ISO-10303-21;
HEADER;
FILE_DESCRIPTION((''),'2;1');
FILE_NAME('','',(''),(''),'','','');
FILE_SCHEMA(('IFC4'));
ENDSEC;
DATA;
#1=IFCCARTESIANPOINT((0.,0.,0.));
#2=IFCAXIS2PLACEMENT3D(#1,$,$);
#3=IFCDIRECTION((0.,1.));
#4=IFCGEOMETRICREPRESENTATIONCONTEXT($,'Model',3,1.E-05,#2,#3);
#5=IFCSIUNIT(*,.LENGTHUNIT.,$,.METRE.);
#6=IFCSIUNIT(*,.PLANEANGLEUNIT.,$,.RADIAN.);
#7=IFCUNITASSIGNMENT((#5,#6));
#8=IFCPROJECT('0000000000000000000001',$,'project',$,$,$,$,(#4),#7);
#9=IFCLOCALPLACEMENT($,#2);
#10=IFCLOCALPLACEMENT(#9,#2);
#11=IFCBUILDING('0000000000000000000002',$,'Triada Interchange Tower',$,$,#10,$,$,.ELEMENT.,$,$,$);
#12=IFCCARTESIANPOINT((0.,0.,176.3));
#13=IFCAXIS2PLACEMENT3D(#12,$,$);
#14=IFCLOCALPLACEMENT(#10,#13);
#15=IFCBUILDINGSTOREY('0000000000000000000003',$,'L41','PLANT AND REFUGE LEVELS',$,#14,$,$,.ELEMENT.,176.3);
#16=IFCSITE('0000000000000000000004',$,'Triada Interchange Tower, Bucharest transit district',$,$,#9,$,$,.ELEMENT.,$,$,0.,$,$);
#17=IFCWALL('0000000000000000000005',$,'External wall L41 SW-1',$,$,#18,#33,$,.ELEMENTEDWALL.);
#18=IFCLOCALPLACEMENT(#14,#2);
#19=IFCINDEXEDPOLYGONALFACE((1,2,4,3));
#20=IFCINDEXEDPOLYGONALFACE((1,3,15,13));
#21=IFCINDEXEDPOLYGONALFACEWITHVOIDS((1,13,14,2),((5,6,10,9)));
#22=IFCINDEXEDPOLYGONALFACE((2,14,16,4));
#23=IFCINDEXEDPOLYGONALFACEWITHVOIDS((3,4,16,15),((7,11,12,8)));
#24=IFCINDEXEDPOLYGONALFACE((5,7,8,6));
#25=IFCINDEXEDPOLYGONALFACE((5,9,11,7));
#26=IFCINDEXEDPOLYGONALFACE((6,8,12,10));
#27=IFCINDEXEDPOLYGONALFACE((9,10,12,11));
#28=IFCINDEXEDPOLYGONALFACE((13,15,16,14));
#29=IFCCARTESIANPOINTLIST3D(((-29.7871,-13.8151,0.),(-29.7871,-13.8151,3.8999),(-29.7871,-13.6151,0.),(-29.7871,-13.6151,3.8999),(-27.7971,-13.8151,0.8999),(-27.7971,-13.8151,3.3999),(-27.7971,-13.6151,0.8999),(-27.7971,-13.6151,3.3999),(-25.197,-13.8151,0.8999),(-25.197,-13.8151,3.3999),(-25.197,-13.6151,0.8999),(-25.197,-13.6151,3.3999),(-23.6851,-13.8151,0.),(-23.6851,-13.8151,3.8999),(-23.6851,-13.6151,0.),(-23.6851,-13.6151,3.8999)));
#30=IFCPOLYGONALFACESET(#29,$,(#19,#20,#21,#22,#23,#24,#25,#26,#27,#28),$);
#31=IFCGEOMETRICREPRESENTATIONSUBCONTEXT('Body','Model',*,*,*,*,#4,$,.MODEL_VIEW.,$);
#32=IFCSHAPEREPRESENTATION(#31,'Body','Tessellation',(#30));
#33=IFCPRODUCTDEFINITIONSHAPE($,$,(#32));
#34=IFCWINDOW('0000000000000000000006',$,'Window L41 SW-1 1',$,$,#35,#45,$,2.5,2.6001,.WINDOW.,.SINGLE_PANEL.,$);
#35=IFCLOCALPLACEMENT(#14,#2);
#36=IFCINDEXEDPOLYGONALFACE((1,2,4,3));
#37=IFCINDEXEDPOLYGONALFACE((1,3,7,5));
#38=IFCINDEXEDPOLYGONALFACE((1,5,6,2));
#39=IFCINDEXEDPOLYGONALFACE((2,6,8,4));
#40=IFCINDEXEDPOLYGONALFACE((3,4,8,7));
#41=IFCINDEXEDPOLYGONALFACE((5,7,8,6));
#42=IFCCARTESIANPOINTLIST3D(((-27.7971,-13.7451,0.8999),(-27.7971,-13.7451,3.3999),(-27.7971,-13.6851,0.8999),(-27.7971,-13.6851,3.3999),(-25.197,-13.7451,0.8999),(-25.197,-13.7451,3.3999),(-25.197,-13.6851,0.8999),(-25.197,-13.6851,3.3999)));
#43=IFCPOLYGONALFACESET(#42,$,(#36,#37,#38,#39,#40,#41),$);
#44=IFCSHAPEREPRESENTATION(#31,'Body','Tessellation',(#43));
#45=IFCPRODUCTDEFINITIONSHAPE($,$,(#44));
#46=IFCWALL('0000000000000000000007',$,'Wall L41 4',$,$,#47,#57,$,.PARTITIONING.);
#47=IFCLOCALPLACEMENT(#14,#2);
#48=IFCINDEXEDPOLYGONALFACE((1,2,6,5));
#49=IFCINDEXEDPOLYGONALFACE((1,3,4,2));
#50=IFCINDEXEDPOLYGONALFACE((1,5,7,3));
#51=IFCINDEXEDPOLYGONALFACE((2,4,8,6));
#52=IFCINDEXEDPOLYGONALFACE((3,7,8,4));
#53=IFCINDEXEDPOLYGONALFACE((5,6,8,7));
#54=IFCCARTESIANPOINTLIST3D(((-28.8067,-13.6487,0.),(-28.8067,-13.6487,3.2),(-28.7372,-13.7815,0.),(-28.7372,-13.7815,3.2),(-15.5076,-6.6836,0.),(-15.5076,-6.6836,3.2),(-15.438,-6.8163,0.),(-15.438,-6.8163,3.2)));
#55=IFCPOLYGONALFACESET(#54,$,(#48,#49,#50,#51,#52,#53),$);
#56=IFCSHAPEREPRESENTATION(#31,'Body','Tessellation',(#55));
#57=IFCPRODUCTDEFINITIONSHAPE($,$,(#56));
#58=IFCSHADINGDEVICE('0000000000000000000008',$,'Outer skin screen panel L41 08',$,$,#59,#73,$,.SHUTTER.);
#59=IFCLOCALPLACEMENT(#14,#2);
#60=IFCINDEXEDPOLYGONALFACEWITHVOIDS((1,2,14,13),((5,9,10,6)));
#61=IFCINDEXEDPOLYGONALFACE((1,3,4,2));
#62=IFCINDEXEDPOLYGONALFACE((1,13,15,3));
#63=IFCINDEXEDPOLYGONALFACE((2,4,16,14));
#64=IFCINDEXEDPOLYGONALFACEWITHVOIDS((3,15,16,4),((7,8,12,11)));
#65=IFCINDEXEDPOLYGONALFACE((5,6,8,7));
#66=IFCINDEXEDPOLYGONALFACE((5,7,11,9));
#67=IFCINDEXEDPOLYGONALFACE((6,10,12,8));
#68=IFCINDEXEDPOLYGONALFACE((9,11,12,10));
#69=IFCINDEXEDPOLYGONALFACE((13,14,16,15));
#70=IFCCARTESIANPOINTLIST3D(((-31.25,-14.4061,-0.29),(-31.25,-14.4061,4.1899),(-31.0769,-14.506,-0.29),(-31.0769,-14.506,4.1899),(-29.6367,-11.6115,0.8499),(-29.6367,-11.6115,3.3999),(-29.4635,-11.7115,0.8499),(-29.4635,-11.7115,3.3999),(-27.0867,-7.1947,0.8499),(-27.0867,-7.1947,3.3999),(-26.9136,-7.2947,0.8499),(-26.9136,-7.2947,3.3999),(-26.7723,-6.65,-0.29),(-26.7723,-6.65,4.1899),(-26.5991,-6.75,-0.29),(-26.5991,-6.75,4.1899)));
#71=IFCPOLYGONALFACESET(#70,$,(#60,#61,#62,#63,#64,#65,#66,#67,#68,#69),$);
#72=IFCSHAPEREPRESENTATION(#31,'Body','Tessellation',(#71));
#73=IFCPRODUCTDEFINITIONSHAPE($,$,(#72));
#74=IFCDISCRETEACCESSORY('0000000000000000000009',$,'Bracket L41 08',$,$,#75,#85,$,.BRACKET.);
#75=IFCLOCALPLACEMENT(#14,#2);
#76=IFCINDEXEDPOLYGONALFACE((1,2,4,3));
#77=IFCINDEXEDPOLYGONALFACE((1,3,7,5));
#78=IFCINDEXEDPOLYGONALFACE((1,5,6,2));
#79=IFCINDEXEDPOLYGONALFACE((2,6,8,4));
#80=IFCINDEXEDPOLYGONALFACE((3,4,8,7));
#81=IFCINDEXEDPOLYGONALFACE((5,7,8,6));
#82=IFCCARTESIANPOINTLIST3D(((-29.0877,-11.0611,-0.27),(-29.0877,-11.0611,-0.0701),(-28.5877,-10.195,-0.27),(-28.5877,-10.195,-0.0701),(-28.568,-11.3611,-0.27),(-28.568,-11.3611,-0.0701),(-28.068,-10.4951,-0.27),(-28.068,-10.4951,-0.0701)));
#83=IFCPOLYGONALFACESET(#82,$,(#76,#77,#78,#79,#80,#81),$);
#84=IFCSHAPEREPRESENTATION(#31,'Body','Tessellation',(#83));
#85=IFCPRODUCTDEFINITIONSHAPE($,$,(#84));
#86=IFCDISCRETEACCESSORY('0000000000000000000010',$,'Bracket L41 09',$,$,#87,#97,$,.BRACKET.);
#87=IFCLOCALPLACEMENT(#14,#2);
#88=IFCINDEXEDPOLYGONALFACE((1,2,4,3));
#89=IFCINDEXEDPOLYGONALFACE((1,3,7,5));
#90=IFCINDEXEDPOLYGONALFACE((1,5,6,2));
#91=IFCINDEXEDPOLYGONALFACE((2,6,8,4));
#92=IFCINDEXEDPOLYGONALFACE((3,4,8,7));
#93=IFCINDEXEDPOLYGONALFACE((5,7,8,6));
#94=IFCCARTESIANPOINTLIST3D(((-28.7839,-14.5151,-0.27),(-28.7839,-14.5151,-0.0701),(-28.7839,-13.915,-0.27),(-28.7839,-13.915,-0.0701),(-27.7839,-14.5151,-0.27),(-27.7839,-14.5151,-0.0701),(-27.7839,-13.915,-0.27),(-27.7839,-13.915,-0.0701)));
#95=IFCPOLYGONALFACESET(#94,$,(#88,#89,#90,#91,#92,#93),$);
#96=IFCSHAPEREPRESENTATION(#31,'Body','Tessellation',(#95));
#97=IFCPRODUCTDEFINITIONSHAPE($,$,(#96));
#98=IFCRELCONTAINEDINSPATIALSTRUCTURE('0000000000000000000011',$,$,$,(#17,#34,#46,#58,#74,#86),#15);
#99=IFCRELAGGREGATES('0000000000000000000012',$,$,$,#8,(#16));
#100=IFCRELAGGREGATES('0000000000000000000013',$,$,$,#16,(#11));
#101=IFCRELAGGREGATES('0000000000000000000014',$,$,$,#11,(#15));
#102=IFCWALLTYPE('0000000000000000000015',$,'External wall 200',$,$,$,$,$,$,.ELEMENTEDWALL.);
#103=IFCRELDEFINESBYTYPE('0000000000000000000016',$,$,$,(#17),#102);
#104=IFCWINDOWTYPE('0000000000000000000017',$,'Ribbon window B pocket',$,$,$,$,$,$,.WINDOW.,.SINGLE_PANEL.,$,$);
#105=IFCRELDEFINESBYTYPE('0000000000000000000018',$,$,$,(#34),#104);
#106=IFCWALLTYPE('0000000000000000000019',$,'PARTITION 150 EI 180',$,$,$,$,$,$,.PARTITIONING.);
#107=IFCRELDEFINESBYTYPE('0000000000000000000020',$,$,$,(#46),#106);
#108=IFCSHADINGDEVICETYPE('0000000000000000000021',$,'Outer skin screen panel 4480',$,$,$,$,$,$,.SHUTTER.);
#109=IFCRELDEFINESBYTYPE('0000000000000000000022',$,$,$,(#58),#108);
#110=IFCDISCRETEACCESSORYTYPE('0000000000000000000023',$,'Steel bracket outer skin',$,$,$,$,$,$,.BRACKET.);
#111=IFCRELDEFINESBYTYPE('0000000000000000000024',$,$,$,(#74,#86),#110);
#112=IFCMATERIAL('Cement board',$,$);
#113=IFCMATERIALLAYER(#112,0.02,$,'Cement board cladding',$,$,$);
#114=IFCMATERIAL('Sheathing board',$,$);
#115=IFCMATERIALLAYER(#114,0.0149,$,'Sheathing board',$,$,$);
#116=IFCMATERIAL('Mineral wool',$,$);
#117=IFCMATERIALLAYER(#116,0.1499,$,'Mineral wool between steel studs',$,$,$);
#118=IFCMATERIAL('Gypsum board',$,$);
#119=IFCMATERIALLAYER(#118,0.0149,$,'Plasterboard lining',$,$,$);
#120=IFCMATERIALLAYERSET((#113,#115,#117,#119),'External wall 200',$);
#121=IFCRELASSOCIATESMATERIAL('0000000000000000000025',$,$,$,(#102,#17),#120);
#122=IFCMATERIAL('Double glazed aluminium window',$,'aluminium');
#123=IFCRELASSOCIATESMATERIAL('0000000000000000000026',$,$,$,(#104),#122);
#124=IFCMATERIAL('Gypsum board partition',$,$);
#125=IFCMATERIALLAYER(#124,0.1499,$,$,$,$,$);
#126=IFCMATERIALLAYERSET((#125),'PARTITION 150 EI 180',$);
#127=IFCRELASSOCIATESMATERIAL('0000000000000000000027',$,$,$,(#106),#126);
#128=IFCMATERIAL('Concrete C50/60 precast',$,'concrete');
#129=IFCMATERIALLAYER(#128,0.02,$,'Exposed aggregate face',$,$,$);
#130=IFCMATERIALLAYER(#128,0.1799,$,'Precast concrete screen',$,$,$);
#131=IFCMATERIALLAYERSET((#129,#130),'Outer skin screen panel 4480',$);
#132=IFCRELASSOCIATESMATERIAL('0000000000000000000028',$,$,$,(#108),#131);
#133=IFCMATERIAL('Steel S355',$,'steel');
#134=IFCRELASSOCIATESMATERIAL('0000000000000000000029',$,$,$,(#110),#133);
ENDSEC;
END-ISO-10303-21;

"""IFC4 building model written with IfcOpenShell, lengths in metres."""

from ifc_helpers import new_model, si_unit, direction, frame, frame_2d, origin, origin_2d, place, context, subcontext, project, spatial, polyline, rectangle, outline, extrude, material, layer, layer_set, layer_usage, type_object, element, fill, save


model = new_model("IFC4")

# Units and contexts
model_context = context("Model", 3, precision=1e-05, world=origin(), true_north=direction((0.0, 1.0)))
body_context = subcontext(model_context, "Body", "Model", "MODEL_VIEW")
ifc_project = project(units=[si_unit("LENGTHUNIT", "METRE"), si_unit("PLANEANGLEUNIT", "RADIAN")], contexts=[model_context])

# Site, building, storey
site_placement = place(None, origin())
site = spatial("IfcSite", under=ifc_project, at=site_placement, Name="Triada Interchange Tower, Bucharest transit district", CompositionType="ELEMENT", RefElevation=0.0)
building_placement = place(site_placement, origin())
building = spatial("IfcBuilding", under=site, at=building_placement, Name="Triada Interchange Tower", CompositionType="ELEMENT")
storey_placement = place(building_placement, frame((0.0, 0.0, 176.3)))
storey = spatial("IfcBuildingStorey", under=building, at=storey_placement, Name="L41", Description="PLANT AND REFUGE LEVELS", CompositionType="ELEMENT", Elevation=176.3)

# Shared definitions
ifc_material_1 = material(Name="Steel S355", Category="steel")

# Wall, opening, window
ifc_material_2 = material(Name="Cement board")
ifc_layer_1 = layer(ifc_material_2, 0.02, Name="Cement board cladding")
ifc_material_3 = material(Name="Sheathing board")
ifc_layer_2 = layer(ifc_material_3, 0.0149, Name="Sheathing board")
ifc_material_4 = material(Name="Mineral wool")
ifc_layer_3 = layer(ifc_material_4, 0.1499, Name="Mineral wool between steel studs")
ifc_material_5 = material(Name="Gypsum board")
ifc_layer_4 = layer(ifc_material_5, 0.0149, Name="Plasterboard lining")
ifc_layer_set_1 = layer_set([ifc_layer_1, ifc_layer_2, ifc_layer_3, ifc_layer_4], Name="External wall 200")
ifc_layer_usage = layer_usage(ifc_layer_set_1, "AXIS2", "POSITIVE", -0.1001)
wall_type_1 = type_object("IfcWallType", Name="External wall 200", PredefinedType="ELEMENTEDWALL", material=ifc_layer_set_1)
wall_1_placement = place(storey_placement, frame((-29.7871, -13.7151, 0.0), z_axis=(0.0, 0.0, 1.0), x_axis=(1.0, 0.0, 0.0)))
wall_1 = element("IfcWall", 1, at=wall_1_placement, inside=storey, type_object=wall_type_1, material=ifc_layer_usage, Name="External wall L41 SW-1", PredefinedType="ELEMENTEDWALL", context=body_context, shape_type="SweptSolid", body=[
    extrude(rectangle(XDim=6.1021, YDim=0.2, at=frame_2d((3.051, 0.0))), origin(), (0.0, 0.0, 1.0), 3.8999),
])
opening_placement = place(wall_1_placement, frame((1.99, 0.0, 0.8999)))
opening = element("IfcOpeningElement", 2, at=opening_placement, cuts=wall_1, PredefinedType="OPENING", context=body_context, shape_type="SweptSolid", body=[
    extrude(rectangle(XDim=2.6001, YDim=2.5, at=frame_2d((1.3, 1.25))), frame((0.0, 0.1099, 0.0), z_axis=(0.0, -1.0, 0.0), x_axis=(1.0, 0.0, 0.0)), (0.0, 0.0, 1.0), 0.22),
])
ifc_material_6 = material(Name="Double glazed aluminium window", Category="aluminium")
window_type = type_object("IfcWindowType", Name="Ribbon window B pocket", PartitioningType="SINGLE_PANEL", PredefinedType="WINDOW", material=ifc_material_6)
window_placement = place(opening_placement, origin())
window = element("IfcWindow", 3, at=window_placement, inside=storey, type_object=window_type, Name="Window L41 SW-1 1", OverallHeight=2.5, OverallWidth=2.6001, PartitioningType="SINGLE_PANEL", PredefinedType="WINDOW", context=body_context, shape_type="SweptSolid", body=[
    extrude(rectangle(XDim=2.6001, YDim=2.5, at=frame_2d((1.3, 1.25))), frame((0.0, 0.03, 0.0), z_axis=(0.0, -1.0, 0.0), x_axis=(1.0, 0.0, 0.0)), (0.0, 0.0, 1.0), 0.0601),
])
fill(opening, window)

# Wall
ifc_material_7 = material(Name="Gypsum board partition")
ifc_layer_5 = layer(ifc_material_7, 0.1499)
ifc_layer_set_2 = layer_set([ifc_layer_5], Name="PARTITION 150 EI 180")
wall_type_2 = type_object("IfcWallType", Name="PARTITION 150 EI 180", PredefinedType="PARTITIONING", material=ifc_layer_set_2)
wall_2_placement = place(storey_placement, frame((-28.772, -13.7151, 0.0), z_axis=(0.0, 0.0, 1.0), x_axis=(0.885861, 0.46395, 0.0)))
element("IfcWall", 4, at=wall_2_placement, inside=storey, type_object=wall_type_2, Name="Wall L41 4", PredefinedType="PARTITIONING", context=body_context, shape_type="SweptSolid", body=[
    extrude(rectangle(XDim=15.0127, YDim=0.1499, at=frame_2d((7.5063, 0.0))), origin(), (0.0, 0.0, 1.0), 3.2),
])

# Shading device
ifc_material_8 = material(Name="Concrete C50/60 precast", Category="concrete")
ifc_layer_6 = layer(ifc_material_8, 0.02, Name="Exposed aggregate face")
ifc_layer_7 = layer(ifc_material_8, 0.1799, Name="Precast concrete screen")
ifc_layer_set_3 = layer_set([ifc_layer_6, ifc_layer_7], Name="Outer skin screen panel 4480")
shading_device_type = type_object("IfcShadingDeviceType", Name="Outer skin screen panel 4480", PredefinedType="SHUTTER", material=ifc_layer_set_3)
shading_device_placement = place(storey_placement, frame((-26.5991, -6.75, -0.29), z_axis=(0.0, 0.0, 1.0), x_axis=(-0.499983, -0.866035, 0.0)))
element("IfcShadingDevice", 5, at=shading_device_placement, inside=storey, type_object=shading_device_type, Name="Outer skin screen panel L41 08", PredefinedType="SHUTTER", context=body_context, shape_type="SweptSolid", body=[
    extrude(outline(polyline([(0.0, 0.0), (8.9558, 0.0), (8.9558, 4.48), (0.0, 4.48), (0.0, 0.0)]), holes=[polyline([(0.6289, 1.1399), (0.6289, 3.6899), (5.729, 3.6899), (5.729, 1.1399), (0.6289, 1.1399)])]), frame((0.0, 0.0, 0.0), z_axis=(0.0, -1.0, 0.0), x_axis=(1.0, 0.0, 0.0)), (0.0, 0.0, 1.0), 0.2),
])

# Discrete accessories
discrete_accessory_type = type_object("IfcDiscreteAccessoryType", Name="Steel bracket outer skin", PredefinedType="BRACKET", material=ifc_material_1)
for number, where, z_axis, x_axis, name in (
    (6, (-28.5779, -10.7781, -0.27), (0.0, 0.0, 1.0), (-0.86603, 0.499993, 0.0), "Bracket L41 08"),
    (7, (-28.2839, -14.2151, -0.27), (0.0, 0.0, 1.0), (0.0, -1.0, 0.0), "Bracket L41 09"),
):
    element("IfcDiscreteAccessory", number, at=place(storey_placement, frame(where, z_axis=z_axis, x_axis=x_axis)), inside=storey, type_object=discrete_accessory_type, Name=name, PredefinedType="BRACKET", context=body_context, shape_type="SweptSolid", body=[
        extrude(rectangle(XDim=0.6001, YDim=1.0, at=origin_2d()), origin(), (0.0, 0.0, 1.0), 0.2),
    ])

save(model, "model.ifc")
